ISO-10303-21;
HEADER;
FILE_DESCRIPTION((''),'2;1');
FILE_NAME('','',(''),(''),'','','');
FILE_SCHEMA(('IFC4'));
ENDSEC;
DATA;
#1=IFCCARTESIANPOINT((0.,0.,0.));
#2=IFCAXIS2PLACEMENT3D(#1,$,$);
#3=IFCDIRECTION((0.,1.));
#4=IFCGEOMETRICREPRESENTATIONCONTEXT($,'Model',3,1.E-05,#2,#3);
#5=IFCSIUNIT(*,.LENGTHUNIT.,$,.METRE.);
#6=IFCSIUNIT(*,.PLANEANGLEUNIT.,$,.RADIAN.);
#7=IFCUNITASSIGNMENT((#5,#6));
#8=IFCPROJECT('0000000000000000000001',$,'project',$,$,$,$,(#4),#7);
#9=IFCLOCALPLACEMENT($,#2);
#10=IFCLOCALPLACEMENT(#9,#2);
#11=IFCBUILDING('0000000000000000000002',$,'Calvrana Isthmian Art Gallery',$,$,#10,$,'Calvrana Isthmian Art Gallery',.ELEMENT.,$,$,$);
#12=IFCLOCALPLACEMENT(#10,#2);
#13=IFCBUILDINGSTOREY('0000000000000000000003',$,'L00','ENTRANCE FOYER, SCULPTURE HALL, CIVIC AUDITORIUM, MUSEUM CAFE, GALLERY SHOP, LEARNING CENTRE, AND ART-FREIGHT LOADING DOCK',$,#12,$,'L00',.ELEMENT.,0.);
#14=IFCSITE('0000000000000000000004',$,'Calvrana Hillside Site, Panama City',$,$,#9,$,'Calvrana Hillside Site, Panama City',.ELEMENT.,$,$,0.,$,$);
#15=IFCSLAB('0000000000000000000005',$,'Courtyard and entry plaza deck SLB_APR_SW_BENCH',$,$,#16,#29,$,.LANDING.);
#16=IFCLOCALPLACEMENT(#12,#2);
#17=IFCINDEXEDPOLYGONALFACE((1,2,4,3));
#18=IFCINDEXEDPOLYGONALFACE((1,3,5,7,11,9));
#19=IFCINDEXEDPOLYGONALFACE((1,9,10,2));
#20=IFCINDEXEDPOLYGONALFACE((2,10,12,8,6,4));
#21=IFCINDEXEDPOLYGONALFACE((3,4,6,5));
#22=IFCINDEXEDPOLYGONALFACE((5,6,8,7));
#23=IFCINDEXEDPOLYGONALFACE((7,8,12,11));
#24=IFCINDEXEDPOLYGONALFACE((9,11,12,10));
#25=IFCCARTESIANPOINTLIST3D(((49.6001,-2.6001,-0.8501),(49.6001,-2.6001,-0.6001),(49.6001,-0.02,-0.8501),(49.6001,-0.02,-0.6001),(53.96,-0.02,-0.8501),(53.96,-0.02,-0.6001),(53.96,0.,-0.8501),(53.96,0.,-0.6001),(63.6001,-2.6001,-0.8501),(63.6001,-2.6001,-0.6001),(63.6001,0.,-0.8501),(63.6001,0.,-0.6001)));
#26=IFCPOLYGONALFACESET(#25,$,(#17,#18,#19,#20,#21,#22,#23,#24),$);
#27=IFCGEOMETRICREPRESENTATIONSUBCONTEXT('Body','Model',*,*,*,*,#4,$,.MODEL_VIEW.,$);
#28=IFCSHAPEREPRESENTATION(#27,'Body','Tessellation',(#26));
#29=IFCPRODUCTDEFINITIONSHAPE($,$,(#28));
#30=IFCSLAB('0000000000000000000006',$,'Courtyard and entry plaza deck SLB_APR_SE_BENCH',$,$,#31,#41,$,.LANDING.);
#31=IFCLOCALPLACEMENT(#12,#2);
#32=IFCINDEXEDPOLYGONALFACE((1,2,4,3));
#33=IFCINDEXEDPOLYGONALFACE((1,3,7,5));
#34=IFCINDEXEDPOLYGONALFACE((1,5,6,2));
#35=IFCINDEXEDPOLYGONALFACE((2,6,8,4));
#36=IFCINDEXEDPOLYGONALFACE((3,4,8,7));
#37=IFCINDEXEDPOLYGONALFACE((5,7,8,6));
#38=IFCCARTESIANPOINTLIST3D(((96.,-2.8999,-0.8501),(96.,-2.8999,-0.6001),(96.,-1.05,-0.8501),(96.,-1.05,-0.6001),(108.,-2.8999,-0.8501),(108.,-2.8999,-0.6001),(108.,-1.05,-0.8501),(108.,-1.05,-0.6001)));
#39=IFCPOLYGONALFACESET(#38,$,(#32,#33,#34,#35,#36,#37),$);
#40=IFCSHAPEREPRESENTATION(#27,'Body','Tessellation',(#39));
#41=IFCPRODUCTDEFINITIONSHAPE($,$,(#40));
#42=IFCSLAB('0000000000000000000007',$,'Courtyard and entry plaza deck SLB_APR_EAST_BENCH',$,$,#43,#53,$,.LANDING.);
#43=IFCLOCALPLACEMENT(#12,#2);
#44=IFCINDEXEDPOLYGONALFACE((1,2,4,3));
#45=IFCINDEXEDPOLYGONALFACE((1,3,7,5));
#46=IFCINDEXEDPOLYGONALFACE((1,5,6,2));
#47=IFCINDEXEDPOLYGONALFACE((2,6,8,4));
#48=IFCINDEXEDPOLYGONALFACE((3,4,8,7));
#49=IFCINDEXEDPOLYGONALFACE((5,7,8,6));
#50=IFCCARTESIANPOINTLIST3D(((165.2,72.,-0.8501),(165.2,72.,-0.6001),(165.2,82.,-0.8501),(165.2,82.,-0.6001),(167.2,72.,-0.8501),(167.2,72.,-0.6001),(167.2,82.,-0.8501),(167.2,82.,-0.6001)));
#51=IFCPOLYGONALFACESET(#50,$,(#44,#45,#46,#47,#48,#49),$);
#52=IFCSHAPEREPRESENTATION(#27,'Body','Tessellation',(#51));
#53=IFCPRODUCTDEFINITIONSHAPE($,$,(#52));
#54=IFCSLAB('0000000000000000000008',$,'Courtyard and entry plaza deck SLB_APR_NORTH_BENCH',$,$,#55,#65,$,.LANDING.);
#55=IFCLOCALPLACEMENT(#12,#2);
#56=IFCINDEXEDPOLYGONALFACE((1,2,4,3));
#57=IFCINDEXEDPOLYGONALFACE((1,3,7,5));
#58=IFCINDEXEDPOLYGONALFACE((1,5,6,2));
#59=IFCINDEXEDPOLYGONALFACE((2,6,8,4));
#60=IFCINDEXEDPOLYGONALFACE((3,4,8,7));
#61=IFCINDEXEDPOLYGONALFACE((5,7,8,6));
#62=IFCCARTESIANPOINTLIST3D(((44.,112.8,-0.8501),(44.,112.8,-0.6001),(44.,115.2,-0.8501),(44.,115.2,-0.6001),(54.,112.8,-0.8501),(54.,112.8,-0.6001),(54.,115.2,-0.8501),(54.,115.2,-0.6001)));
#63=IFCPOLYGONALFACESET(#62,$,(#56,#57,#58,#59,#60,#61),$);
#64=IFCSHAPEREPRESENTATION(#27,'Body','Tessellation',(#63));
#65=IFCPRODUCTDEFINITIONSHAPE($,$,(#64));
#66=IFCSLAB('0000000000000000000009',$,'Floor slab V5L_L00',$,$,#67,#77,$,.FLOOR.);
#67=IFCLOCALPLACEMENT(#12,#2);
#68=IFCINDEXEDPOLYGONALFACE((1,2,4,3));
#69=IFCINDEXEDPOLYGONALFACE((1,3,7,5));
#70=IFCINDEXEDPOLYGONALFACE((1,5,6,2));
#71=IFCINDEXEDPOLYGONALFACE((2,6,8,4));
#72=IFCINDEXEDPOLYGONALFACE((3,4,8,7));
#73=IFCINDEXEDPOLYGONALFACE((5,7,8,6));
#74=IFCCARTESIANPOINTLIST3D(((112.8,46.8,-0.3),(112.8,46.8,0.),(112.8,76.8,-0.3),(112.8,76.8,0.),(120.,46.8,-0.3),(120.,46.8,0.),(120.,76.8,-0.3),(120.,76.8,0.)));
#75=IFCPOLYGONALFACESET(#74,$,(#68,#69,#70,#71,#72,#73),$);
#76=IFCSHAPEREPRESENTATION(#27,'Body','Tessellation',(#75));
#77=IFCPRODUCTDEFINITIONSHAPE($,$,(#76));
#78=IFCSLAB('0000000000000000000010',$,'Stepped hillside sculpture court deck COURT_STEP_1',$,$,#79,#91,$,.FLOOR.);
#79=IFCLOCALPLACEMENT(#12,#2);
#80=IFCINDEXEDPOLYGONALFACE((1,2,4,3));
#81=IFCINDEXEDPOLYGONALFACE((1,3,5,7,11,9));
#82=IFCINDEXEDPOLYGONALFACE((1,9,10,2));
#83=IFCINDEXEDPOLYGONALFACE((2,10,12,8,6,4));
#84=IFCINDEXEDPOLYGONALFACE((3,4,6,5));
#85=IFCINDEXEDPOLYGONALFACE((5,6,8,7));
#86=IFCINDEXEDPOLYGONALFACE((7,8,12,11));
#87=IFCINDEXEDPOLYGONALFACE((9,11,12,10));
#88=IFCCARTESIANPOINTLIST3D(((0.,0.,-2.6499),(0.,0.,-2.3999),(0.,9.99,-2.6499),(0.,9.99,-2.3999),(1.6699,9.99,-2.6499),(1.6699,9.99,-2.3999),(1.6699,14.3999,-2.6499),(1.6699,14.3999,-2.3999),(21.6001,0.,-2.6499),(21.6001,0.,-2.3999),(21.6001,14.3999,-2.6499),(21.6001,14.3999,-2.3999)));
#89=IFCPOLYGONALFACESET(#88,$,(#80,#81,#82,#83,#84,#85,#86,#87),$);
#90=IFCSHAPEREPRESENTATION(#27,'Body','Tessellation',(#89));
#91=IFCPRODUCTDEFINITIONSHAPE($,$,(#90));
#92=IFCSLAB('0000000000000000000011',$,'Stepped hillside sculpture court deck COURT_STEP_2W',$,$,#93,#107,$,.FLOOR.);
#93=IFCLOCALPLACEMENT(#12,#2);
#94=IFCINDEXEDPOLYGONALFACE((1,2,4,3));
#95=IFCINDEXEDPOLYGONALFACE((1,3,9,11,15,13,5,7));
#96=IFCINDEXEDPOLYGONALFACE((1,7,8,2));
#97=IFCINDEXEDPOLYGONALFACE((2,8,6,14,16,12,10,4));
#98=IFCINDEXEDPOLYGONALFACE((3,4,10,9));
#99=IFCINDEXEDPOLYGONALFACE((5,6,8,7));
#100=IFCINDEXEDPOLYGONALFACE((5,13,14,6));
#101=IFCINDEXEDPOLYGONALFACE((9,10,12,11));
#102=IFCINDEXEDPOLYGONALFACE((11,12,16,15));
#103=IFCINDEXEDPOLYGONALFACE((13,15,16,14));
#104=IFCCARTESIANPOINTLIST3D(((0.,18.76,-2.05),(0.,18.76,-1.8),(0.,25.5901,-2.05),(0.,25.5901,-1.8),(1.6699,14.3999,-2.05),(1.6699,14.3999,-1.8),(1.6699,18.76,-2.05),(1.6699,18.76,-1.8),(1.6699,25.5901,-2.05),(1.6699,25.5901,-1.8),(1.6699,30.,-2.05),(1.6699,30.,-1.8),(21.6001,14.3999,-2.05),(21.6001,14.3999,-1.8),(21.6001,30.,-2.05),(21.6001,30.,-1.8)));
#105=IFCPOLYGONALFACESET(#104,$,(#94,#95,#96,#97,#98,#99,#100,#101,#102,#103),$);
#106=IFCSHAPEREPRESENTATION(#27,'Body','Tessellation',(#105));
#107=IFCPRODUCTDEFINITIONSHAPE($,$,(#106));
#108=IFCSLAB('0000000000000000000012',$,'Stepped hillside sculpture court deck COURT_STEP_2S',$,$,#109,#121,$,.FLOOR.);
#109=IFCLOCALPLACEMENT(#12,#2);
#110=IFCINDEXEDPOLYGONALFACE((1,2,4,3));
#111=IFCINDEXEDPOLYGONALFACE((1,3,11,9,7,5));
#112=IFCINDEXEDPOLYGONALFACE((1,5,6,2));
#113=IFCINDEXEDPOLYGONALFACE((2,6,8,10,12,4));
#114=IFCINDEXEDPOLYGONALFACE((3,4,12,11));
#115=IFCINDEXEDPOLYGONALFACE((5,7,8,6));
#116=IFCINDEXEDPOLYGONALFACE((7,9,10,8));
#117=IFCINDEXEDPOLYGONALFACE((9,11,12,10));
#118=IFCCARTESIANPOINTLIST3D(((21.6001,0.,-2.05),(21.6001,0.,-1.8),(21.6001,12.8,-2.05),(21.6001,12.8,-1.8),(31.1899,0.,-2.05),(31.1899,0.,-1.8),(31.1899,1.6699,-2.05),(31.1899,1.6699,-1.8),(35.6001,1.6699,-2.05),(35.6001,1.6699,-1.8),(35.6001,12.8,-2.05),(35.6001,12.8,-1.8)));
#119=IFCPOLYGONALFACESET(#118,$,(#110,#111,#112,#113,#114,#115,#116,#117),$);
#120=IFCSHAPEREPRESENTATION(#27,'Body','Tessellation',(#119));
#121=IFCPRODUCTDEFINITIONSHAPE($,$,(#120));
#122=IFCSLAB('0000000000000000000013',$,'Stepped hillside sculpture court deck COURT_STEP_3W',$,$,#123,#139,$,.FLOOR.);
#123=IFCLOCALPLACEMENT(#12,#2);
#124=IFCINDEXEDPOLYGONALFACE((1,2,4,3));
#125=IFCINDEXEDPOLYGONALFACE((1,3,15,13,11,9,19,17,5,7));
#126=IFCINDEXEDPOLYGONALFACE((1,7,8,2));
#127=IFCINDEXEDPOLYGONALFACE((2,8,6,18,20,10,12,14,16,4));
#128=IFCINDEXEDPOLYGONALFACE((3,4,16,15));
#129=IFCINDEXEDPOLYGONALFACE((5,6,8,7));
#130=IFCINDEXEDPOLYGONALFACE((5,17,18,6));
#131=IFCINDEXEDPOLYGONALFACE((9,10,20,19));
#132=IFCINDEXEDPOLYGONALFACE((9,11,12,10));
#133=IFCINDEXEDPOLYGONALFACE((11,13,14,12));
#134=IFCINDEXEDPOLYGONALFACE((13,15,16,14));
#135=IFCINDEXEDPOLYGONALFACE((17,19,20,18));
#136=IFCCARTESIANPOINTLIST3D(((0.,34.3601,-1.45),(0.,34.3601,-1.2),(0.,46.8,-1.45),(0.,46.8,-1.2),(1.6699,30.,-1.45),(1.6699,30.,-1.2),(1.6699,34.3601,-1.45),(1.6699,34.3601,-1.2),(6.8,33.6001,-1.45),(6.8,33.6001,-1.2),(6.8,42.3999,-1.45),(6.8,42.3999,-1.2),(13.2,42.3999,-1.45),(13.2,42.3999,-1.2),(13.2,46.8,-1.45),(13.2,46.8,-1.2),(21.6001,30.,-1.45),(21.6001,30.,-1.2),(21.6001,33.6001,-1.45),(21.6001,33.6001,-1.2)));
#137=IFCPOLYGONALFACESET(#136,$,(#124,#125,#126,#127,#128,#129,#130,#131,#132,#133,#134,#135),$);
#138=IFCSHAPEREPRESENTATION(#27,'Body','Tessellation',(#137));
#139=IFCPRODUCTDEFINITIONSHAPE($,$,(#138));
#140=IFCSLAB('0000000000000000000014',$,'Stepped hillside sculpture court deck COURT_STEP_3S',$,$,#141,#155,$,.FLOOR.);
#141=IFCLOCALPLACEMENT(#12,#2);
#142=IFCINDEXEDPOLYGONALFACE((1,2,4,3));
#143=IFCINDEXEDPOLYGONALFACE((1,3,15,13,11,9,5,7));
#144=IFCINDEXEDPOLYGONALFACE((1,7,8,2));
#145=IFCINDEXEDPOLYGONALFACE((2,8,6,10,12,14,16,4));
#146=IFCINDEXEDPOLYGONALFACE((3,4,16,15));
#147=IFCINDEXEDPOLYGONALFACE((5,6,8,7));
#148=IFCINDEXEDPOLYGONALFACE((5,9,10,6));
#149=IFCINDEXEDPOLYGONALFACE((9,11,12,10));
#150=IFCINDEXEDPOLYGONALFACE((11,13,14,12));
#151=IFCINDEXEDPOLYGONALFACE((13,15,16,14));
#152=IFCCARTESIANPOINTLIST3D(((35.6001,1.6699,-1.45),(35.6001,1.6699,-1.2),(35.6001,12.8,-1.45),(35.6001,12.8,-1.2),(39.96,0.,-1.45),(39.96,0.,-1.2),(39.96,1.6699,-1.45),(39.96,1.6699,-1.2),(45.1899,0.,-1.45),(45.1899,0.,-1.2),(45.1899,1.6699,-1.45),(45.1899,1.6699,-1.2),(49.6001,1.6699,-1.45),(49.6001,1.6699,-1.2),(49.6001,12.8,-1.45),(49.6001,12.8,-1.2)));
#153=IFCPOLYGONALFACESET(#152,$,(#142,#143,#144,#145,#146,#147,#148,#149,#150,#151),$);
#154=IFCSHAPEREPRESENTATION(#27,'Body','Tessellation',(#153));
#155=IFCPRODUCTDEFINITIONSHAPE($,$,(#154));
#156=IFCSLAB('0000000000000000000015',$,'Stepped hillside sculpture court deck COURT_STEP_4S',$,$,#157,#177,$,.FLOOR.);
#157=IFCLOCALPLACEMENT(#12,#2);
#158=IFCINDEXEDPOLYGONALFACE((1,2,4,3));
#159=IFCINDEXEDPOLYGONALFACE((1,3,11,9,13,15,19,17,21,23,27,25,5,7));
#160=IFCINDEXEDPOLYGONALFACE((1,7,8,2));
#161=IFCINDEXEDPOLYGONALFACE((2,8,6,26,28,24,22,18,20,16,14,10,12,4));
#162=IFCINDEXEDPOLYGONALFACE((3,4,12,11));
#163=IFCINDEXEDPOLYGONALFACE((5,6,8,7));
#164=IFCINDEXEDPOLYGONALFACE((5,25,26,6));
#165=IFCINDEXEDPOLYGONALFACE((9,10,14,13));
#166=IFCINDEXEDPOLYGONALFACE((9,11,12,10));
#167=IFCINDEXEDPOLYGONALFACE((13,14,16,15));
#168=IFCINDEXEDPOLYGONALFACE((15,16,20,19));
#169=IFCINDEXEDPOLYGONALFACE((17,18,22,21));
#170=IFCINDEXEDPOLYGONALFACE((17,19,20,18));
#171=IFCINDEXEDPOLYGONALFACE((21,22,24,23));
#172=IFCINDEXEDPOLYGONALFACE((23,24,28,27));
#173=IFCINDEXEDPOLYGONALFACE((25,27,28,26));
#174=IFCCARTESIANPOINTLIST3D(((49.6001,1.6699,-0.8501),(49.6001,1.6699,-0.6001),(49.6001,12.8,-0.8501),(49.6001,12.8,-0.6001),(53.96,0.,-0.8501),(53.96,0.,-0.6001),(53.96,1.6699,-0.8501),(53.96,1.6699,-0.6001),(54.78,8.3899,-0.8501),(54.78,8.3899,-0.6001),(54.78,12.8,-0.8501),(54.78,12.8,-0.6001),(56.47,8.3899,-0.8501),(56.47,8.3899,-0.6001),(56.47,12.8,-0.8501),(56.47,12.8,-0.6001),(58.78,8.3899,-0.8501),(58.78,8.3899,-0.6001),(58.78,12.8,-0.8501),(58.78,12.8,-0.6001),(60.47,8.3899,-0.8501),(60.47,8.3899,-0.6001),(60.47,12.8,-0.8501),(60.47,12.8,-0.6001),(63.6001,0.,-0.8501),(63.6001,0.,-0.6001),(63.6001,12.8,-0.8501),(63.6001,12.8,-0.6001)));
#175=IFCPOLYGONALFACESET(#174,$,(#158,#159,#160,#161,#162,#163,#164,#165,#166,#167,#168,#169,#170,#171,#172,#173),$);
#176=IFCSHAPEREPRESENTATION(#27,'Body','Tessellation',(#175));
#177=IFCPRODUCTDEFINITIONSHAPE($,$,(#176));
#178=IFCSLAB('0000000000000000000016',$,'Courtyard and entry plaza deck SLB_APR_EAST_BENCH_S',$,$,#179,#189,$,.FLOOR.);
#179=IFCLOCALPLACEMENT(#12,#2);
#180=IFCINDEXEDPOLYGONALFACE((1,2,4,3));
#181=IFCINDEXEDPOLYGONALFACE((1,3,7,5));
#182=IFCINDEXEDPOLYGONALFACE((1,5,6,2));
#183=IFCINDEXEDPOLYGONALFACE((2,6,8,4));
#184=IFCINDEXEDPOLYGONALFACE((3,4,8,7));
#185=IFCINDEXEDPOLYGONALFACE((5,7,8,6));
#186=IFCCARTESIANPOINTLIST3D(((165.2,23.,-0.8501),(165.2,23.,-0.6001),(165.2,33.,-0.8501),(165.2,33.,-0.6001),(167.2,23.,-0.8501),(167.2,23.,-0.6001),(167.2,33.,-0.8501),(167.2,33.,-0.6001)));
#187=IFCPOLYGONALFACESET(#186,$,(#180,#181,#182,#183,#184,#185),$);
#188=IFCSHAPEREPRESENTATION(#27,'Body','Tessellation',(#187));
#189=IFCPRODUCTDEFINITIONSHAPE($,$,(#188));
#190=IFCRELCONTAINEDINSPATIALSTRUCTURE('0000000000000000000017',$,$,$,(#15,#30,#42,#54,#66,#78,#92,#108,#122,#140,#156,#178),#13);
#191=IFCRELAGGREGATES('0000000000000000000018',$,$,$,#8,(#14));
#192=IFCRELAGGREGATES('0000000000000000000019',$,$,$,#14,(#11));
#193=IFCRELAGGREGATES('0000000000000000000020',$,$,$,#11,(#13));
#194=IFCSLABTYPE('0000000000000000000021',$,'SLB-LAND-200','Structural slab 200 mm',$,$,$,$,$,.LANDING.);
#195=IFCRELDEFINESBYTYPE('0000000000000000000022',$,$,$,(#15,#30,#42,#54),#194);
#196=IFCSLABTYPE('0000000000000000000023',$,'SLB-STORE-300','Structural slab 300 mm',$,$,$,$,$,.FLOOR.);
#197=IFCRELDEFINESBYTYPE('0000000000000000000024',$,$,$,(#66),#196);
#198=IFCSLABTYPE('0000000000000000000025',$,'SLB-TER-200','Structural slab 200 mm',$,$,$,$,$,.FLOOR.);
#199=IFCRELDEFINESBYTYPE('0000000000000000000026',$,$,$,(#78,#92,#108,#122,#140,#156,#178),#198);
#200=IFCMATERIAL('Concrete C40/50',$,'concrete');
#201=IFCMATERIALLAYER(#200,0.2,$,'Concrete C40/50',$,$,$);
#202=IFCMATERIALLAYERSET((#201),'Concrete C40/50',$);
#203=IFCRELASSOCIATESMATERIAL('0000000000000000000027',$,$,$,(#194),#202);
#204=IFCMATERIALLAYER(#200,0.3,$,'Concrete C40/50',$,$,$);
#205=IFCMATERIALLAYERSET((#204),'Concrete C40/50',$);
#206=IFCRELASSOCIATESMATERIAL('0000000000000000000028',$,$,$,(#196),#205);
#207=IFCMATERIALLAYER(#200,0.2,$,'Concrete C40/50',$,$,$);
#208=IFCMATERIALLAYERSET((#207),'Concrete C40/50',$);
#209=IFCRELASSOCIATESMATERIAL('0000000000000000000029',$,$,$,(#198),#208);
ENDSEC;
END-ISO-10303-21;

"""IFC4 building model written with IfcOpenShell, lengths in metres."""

from ifc_helpers import new_model, si_unit, direction, frame, origin, place, context, subcontext, project, spatial, polyline, outline, extrude, material, layer, layer_set, type_object, element, save


model = new_model("IFC4")

# Units and contexts
model_context = context("Model", 3, precision=1e-05, world=origin(), true_north=direction((0.0, 1.0)))
body_context = subcontext(model_context, "Body", "Model", "MODEL_VIEW")
ifc_project = project(units=[si_unit("LENGTHUNIT", "METRE"), si_unit("PLANEANGLEUNIT", "RADIAN")], contexts=[model_context])

# Site, building, storey
site_placement = place(None, origin())
site = spatial("IfcSite", under=ifc_project, at=site_placement, Name="Calvrana Hillside Site, Panama City", LongName="Calvrana Hillside Site, Panama City", CompositionType="ELEMENT", RefElevation=0.0)
building_placement = place(site_placement, origin())
building = spatial("IfcBuilding", under=site, at=building_placement, Name="Calvrana Isthmian Art Gallery", LongName="Calvrana Isthmian Art Gallery", CompositionType="ELEMENT")
storey_placement = place(building_placement, origin())
storey = spatial("IfcBuildingStorey", under=building, at=storey_placement, Name="L00", Description="ENTRANCE FOYER, SCULPTURE HALL, CIVIC AUDITORIUM, MUSEUM CAFE, GALLERY SHOP, LEARNING CENTRE, AND ART-FREIGHT LOADING DOCK", LongName="L00", CompositionType="ELEMENT", Elevation=0.0)

# Slabs
ifc_material_1 = material(Name="Concrete C40/50", Category="concrete")
ifc_layer_1 = layer(ifc_material_1, 0.2, Name="Concrete C40/50")
ifc_layer_set_1 = layer_set([ifc_layer_1], Name="Concrete C40/50")
slab_type_1 = type_object("IfcSlabType", Name="SLB-LAND-200", Description="Structural slab 200 mm", PredefinedType="LANDING", material=ifc_layer_set_1)
slab_1_placement = place(storey_placement, frame((0.0, 0.0, -0.8501)))
element("IfcSlab", 1, at=slab_1_placement, inside=storey, type_object=slab_type_1, Name="Courtyard and entry plaza deck SLB_APR_SW_BENCH", PredefinedType="LANDING", context=body_context, shape_type="SweptSolid", body=[
    extrude(outline(polyline([(63.6001, 0.0), (63.6001, -2.6001), (49.6001, -2.6001), (49.6001, -0.02), (53.96, -0.02), (53.96, 0.0), (63.6001, 0.0)])), origin(), (0.0, 0.0, 1.0), 0.25),
])
slab_2_placement = place(storey_placement, frame((0.0, 0.0, -0.8501)))
element("IfcSlab", 2, at=slab_2_placement, inside=storey, type_object=slab_type_1, Name="Courtyard and entry plaza deck SLB_APR_SE_BENCH", PredefinedType="LANDING", context=body_context, shape_type="SweptSolid", body=[
    extrude(outline(polyline([(108.0, -2.8999), (108.0, -1.05), (96.0, -1.05), (96.0, -2.8999), (108.0, -2.8999)])), origin(), (0.0, 0.0, 1.0), 0.25),
])
slab_3_placement = place(storey_placement, frame((0.0, 0.0, -0.8501)))
element("IfcSlab", 3, at=slab_3_placement, inside=storey, type_object=slab_type_1, Name="Courtyard and entry plaza deck SLB_APR_EAST_BENCH", PredefinedType="LANDING", context=body_context, shape_type="SweptSolid", body=[
    extrude(outline(polyline([(167.2, 72.0), (167.2, 82.0), (165.2, 82.0), (165.2, 72.0), (167.2, 72.0)])), origin(), (0.0, 0.0, 1.0), 0.25),
])
slab_4_placement = place(storey_placement, frame((0.0, 0.0, -0.8501)))
element("IfcSlab", 4, at=slab_4_placement, inside=storey, type_object=slab_type_1, Name="Courtyard and entry plaza deck SLB_APR_NORTH_BENCH", PredefinedType="LANDING", context=body_context, shape_type="SweptSolid", body=[
    extrude(outline(polyline([(54.0, 112.8), (54.0, 115.2), (44.0, 115.2), (44.0, 112.8), (54.0, 112.8)])), origin(), (0.0, 0.0, 1.0), 0.25),
])
ifc_layer_2 = layer(ifc_material_1, 0.3, Name="Concrete C40/50")
ifc_layer_set_2 = layer_set([ifc_layer_2], Name="Concrete C40/50")
slab_type_2 = type_object("IfcSlabType", Name="SLB-STORE-300", Description="Structural slab 300 mm", PredefinedType="FLOOR", material=ifc_layer_set_2)
slab_5_placement = place(storey_placement, frame((0.0, 0.0, -0.3)))
element("IfcSlab", 5, at=slab_5_placement, inside=storey, type_object=slab_type_2, Name="Floor slab V5L_L00", PredefinedType="FLOOR", context=body_context, shape_type="SweptSolid", body=[
    extrude(outline(polyline([(112.8, 46.8), (120.0, 46.8), (120.0, 76.8), (112.8, 76.8), (112.8, 46.8)])), origin(), (0.0, 0.0, 1.0), 0.3),
])
ifc_layer_3 = layer(ifc_material_1, 0.2, Name="Concrete C40/50")
ifc_layer_set_3 = layer_set([ifc_layer_3], Name="Concrete C40/50")
slab_type_3 = type_object("IfcSlabType", Name="SLB-TER-200", Description="Structural slab 200 mm", PredefinedType="FLOOR", material=ifc_layer_set_3)
slab_6_placement = place(storey_placement, frame((0.0, 0.0, -2.6499)))
element("IfcSlab", 6, at=slab_6_placement, inside=storey, type_object=slab_type_3, Name="Stepped hillside sculpture court deck COURT_STEP_1", PredefinedType="FLOOR", context=body_context, shape_type="SweptSolid", body=[
    extrude(outline(polyline([(21.6001, 14.3999), (21.6001, 0.0), (0.0, 0.0), (0.0, 9.99), (1.6699, 9.99), (1.6699, 14.3999), (21.6001, 14.3999)])), origin(), (0.0, 0.0, 1.0), 0.25),
])
slab_7_placement = place(storey_placement, frame((0.0, 0.0, -2.05)))
element("IfcSlab", 7, at=slab_7_placement, inside=storey, type_object=slab_type_3, Name="Stepped hillside sculpture court deck COURT_STEP_2W", PredefinedType="FLOOR", context=body_context, shape_type="SweptSolid", body=[
    extrude(outline(polyline([(21.6001, 30.0), (21.6001, 14.3999), (1.6699, 14.3999), (1.6699, 18.76), (0.0, 18.76), (0.0, 25.5901), (1.6699, 25.5901), (1.6699, 30.0), (21.6001, 30.0)])), origin(), (0.0, 0.0, 1.0), 0.25),
])
slab_8_placement = place(storey_placement, frame((0.0, 0.0, -2.05)))
element("IfcSlab", 8, at=slab_8_placement, inside=storey, type_object=slab_type_3, Name="Stepped hillside sculpture court deck COURT_STEP_2S", PredefinedType="FLOOR", context=body_context, shape_type="SweptSolid", body=[
    extrude(outline(polyline([(21.6001, 0.0), (21.6001, 12.8), (35.6001, 12.8), (35.6001, 1.6699), (31.1899, 1.6699), (31.1899, 0.0), (21.6001, 0.0)])), origin(), (0.0, 0.0, 1.0), 0.25),
])
slab_9_placement = place(storey_placement, frame((0.0, 0.0, -1.45)))
element("IfcSlab", 9, at=slab_9_placement, inside=storey, type_object=slab_type_3, Name="Stepped hillside sculpture court deck COURT_STEP_3W", PredefinedType="FLOOR", context=body_context, shape_type="SweptSolid", body=[
    extrude(outline(polyline([(0.0, 46.8), (13.2, 46.8), (13.2, 42.3999), (6.8, 42.3999), (6.8, 33.6001), (21.6001, 33.6001), (21.6001, 30.0), (1.6699, 30.0), (1.6699, 34.3601), (0.0, 34.3601), (0.0, 46.8)])), origin(), (0.0, 0.0, 1.0), 0.25),
])
slab_10_placement = place(storey_placement, frame((0.0, 0.0, -1.45)))
element("IfcSlab", 10, at=slab_10_placement, inside=storey, type_object=slab_type_3, Name="Stepped hillside sculpture court deck COURT_STEP_3S", PredefinedType="FLOOR", context=body_context, shape_type="SweptSolid", body=[
    extrude(outline(polyline([(49.6001, 12.8), (49.6001, 1.6699), (45.1899, 1.6699), (45.1899, 0.0), (39.96, 0.0), (39.96, 1.6699), (35.6001, 1.6699), (35.6001, 12.8), (49.6001, 12.8)])), origin(), (0.0, 0.0, 1.0), 0.25),
])
slab_11_placement = place(storey_placement, frame((0.0, 0.0, -0.8501)))
element("IfcSlab", 11, at=slab_11_placement, inside=storey, type_object=slab_type_3, Name="Stepped hillside sculpture court deck COURT_STEP_4S", PredefinedType="FLOOR", context=body_context, shape_type="SweptSolid", body=[
    extrude(outline(polyline([(58.78, 8.3899), (60.47, 8.3899), (60.47, 12.8), (63.6001, 12.8), (63.6001, 0.0), (53.96, 0.0), (53.96, 1.6699), (49.6001, 1.6699), (49.6001, 12.8), (54.78, 12.8), (54.78, 8.3899), (56.47, 8.3899), (56.47, 12.8), (58.78, 12.8), (58.78, 8.3899)])), origin(), (0.0, 0.0, 1.0), 0.25),
])
slab_12_placement = place(storey_placement, frame((0.0, 0.0, -0.8501)))
element("IfcSlab", 12, at=slab_12_placement, inside=storey, type_object=slab_type_3, Name="Courtyard and entry plaza deck SLB_APR_EAST_BENCH_S", PredefinedType="FLOOR", context=body_context, shape_type="SweptSolid", body=[
    extrude(outline(polyline([(167.2, 23.0), (167.2, 33.0), (165.2, 33.0), (165.2, 23.0), (167.2, 23.0)])), origin(), (0.0, 0.0, 1.0), 0.25),
])

save(model, "model.ifc")
